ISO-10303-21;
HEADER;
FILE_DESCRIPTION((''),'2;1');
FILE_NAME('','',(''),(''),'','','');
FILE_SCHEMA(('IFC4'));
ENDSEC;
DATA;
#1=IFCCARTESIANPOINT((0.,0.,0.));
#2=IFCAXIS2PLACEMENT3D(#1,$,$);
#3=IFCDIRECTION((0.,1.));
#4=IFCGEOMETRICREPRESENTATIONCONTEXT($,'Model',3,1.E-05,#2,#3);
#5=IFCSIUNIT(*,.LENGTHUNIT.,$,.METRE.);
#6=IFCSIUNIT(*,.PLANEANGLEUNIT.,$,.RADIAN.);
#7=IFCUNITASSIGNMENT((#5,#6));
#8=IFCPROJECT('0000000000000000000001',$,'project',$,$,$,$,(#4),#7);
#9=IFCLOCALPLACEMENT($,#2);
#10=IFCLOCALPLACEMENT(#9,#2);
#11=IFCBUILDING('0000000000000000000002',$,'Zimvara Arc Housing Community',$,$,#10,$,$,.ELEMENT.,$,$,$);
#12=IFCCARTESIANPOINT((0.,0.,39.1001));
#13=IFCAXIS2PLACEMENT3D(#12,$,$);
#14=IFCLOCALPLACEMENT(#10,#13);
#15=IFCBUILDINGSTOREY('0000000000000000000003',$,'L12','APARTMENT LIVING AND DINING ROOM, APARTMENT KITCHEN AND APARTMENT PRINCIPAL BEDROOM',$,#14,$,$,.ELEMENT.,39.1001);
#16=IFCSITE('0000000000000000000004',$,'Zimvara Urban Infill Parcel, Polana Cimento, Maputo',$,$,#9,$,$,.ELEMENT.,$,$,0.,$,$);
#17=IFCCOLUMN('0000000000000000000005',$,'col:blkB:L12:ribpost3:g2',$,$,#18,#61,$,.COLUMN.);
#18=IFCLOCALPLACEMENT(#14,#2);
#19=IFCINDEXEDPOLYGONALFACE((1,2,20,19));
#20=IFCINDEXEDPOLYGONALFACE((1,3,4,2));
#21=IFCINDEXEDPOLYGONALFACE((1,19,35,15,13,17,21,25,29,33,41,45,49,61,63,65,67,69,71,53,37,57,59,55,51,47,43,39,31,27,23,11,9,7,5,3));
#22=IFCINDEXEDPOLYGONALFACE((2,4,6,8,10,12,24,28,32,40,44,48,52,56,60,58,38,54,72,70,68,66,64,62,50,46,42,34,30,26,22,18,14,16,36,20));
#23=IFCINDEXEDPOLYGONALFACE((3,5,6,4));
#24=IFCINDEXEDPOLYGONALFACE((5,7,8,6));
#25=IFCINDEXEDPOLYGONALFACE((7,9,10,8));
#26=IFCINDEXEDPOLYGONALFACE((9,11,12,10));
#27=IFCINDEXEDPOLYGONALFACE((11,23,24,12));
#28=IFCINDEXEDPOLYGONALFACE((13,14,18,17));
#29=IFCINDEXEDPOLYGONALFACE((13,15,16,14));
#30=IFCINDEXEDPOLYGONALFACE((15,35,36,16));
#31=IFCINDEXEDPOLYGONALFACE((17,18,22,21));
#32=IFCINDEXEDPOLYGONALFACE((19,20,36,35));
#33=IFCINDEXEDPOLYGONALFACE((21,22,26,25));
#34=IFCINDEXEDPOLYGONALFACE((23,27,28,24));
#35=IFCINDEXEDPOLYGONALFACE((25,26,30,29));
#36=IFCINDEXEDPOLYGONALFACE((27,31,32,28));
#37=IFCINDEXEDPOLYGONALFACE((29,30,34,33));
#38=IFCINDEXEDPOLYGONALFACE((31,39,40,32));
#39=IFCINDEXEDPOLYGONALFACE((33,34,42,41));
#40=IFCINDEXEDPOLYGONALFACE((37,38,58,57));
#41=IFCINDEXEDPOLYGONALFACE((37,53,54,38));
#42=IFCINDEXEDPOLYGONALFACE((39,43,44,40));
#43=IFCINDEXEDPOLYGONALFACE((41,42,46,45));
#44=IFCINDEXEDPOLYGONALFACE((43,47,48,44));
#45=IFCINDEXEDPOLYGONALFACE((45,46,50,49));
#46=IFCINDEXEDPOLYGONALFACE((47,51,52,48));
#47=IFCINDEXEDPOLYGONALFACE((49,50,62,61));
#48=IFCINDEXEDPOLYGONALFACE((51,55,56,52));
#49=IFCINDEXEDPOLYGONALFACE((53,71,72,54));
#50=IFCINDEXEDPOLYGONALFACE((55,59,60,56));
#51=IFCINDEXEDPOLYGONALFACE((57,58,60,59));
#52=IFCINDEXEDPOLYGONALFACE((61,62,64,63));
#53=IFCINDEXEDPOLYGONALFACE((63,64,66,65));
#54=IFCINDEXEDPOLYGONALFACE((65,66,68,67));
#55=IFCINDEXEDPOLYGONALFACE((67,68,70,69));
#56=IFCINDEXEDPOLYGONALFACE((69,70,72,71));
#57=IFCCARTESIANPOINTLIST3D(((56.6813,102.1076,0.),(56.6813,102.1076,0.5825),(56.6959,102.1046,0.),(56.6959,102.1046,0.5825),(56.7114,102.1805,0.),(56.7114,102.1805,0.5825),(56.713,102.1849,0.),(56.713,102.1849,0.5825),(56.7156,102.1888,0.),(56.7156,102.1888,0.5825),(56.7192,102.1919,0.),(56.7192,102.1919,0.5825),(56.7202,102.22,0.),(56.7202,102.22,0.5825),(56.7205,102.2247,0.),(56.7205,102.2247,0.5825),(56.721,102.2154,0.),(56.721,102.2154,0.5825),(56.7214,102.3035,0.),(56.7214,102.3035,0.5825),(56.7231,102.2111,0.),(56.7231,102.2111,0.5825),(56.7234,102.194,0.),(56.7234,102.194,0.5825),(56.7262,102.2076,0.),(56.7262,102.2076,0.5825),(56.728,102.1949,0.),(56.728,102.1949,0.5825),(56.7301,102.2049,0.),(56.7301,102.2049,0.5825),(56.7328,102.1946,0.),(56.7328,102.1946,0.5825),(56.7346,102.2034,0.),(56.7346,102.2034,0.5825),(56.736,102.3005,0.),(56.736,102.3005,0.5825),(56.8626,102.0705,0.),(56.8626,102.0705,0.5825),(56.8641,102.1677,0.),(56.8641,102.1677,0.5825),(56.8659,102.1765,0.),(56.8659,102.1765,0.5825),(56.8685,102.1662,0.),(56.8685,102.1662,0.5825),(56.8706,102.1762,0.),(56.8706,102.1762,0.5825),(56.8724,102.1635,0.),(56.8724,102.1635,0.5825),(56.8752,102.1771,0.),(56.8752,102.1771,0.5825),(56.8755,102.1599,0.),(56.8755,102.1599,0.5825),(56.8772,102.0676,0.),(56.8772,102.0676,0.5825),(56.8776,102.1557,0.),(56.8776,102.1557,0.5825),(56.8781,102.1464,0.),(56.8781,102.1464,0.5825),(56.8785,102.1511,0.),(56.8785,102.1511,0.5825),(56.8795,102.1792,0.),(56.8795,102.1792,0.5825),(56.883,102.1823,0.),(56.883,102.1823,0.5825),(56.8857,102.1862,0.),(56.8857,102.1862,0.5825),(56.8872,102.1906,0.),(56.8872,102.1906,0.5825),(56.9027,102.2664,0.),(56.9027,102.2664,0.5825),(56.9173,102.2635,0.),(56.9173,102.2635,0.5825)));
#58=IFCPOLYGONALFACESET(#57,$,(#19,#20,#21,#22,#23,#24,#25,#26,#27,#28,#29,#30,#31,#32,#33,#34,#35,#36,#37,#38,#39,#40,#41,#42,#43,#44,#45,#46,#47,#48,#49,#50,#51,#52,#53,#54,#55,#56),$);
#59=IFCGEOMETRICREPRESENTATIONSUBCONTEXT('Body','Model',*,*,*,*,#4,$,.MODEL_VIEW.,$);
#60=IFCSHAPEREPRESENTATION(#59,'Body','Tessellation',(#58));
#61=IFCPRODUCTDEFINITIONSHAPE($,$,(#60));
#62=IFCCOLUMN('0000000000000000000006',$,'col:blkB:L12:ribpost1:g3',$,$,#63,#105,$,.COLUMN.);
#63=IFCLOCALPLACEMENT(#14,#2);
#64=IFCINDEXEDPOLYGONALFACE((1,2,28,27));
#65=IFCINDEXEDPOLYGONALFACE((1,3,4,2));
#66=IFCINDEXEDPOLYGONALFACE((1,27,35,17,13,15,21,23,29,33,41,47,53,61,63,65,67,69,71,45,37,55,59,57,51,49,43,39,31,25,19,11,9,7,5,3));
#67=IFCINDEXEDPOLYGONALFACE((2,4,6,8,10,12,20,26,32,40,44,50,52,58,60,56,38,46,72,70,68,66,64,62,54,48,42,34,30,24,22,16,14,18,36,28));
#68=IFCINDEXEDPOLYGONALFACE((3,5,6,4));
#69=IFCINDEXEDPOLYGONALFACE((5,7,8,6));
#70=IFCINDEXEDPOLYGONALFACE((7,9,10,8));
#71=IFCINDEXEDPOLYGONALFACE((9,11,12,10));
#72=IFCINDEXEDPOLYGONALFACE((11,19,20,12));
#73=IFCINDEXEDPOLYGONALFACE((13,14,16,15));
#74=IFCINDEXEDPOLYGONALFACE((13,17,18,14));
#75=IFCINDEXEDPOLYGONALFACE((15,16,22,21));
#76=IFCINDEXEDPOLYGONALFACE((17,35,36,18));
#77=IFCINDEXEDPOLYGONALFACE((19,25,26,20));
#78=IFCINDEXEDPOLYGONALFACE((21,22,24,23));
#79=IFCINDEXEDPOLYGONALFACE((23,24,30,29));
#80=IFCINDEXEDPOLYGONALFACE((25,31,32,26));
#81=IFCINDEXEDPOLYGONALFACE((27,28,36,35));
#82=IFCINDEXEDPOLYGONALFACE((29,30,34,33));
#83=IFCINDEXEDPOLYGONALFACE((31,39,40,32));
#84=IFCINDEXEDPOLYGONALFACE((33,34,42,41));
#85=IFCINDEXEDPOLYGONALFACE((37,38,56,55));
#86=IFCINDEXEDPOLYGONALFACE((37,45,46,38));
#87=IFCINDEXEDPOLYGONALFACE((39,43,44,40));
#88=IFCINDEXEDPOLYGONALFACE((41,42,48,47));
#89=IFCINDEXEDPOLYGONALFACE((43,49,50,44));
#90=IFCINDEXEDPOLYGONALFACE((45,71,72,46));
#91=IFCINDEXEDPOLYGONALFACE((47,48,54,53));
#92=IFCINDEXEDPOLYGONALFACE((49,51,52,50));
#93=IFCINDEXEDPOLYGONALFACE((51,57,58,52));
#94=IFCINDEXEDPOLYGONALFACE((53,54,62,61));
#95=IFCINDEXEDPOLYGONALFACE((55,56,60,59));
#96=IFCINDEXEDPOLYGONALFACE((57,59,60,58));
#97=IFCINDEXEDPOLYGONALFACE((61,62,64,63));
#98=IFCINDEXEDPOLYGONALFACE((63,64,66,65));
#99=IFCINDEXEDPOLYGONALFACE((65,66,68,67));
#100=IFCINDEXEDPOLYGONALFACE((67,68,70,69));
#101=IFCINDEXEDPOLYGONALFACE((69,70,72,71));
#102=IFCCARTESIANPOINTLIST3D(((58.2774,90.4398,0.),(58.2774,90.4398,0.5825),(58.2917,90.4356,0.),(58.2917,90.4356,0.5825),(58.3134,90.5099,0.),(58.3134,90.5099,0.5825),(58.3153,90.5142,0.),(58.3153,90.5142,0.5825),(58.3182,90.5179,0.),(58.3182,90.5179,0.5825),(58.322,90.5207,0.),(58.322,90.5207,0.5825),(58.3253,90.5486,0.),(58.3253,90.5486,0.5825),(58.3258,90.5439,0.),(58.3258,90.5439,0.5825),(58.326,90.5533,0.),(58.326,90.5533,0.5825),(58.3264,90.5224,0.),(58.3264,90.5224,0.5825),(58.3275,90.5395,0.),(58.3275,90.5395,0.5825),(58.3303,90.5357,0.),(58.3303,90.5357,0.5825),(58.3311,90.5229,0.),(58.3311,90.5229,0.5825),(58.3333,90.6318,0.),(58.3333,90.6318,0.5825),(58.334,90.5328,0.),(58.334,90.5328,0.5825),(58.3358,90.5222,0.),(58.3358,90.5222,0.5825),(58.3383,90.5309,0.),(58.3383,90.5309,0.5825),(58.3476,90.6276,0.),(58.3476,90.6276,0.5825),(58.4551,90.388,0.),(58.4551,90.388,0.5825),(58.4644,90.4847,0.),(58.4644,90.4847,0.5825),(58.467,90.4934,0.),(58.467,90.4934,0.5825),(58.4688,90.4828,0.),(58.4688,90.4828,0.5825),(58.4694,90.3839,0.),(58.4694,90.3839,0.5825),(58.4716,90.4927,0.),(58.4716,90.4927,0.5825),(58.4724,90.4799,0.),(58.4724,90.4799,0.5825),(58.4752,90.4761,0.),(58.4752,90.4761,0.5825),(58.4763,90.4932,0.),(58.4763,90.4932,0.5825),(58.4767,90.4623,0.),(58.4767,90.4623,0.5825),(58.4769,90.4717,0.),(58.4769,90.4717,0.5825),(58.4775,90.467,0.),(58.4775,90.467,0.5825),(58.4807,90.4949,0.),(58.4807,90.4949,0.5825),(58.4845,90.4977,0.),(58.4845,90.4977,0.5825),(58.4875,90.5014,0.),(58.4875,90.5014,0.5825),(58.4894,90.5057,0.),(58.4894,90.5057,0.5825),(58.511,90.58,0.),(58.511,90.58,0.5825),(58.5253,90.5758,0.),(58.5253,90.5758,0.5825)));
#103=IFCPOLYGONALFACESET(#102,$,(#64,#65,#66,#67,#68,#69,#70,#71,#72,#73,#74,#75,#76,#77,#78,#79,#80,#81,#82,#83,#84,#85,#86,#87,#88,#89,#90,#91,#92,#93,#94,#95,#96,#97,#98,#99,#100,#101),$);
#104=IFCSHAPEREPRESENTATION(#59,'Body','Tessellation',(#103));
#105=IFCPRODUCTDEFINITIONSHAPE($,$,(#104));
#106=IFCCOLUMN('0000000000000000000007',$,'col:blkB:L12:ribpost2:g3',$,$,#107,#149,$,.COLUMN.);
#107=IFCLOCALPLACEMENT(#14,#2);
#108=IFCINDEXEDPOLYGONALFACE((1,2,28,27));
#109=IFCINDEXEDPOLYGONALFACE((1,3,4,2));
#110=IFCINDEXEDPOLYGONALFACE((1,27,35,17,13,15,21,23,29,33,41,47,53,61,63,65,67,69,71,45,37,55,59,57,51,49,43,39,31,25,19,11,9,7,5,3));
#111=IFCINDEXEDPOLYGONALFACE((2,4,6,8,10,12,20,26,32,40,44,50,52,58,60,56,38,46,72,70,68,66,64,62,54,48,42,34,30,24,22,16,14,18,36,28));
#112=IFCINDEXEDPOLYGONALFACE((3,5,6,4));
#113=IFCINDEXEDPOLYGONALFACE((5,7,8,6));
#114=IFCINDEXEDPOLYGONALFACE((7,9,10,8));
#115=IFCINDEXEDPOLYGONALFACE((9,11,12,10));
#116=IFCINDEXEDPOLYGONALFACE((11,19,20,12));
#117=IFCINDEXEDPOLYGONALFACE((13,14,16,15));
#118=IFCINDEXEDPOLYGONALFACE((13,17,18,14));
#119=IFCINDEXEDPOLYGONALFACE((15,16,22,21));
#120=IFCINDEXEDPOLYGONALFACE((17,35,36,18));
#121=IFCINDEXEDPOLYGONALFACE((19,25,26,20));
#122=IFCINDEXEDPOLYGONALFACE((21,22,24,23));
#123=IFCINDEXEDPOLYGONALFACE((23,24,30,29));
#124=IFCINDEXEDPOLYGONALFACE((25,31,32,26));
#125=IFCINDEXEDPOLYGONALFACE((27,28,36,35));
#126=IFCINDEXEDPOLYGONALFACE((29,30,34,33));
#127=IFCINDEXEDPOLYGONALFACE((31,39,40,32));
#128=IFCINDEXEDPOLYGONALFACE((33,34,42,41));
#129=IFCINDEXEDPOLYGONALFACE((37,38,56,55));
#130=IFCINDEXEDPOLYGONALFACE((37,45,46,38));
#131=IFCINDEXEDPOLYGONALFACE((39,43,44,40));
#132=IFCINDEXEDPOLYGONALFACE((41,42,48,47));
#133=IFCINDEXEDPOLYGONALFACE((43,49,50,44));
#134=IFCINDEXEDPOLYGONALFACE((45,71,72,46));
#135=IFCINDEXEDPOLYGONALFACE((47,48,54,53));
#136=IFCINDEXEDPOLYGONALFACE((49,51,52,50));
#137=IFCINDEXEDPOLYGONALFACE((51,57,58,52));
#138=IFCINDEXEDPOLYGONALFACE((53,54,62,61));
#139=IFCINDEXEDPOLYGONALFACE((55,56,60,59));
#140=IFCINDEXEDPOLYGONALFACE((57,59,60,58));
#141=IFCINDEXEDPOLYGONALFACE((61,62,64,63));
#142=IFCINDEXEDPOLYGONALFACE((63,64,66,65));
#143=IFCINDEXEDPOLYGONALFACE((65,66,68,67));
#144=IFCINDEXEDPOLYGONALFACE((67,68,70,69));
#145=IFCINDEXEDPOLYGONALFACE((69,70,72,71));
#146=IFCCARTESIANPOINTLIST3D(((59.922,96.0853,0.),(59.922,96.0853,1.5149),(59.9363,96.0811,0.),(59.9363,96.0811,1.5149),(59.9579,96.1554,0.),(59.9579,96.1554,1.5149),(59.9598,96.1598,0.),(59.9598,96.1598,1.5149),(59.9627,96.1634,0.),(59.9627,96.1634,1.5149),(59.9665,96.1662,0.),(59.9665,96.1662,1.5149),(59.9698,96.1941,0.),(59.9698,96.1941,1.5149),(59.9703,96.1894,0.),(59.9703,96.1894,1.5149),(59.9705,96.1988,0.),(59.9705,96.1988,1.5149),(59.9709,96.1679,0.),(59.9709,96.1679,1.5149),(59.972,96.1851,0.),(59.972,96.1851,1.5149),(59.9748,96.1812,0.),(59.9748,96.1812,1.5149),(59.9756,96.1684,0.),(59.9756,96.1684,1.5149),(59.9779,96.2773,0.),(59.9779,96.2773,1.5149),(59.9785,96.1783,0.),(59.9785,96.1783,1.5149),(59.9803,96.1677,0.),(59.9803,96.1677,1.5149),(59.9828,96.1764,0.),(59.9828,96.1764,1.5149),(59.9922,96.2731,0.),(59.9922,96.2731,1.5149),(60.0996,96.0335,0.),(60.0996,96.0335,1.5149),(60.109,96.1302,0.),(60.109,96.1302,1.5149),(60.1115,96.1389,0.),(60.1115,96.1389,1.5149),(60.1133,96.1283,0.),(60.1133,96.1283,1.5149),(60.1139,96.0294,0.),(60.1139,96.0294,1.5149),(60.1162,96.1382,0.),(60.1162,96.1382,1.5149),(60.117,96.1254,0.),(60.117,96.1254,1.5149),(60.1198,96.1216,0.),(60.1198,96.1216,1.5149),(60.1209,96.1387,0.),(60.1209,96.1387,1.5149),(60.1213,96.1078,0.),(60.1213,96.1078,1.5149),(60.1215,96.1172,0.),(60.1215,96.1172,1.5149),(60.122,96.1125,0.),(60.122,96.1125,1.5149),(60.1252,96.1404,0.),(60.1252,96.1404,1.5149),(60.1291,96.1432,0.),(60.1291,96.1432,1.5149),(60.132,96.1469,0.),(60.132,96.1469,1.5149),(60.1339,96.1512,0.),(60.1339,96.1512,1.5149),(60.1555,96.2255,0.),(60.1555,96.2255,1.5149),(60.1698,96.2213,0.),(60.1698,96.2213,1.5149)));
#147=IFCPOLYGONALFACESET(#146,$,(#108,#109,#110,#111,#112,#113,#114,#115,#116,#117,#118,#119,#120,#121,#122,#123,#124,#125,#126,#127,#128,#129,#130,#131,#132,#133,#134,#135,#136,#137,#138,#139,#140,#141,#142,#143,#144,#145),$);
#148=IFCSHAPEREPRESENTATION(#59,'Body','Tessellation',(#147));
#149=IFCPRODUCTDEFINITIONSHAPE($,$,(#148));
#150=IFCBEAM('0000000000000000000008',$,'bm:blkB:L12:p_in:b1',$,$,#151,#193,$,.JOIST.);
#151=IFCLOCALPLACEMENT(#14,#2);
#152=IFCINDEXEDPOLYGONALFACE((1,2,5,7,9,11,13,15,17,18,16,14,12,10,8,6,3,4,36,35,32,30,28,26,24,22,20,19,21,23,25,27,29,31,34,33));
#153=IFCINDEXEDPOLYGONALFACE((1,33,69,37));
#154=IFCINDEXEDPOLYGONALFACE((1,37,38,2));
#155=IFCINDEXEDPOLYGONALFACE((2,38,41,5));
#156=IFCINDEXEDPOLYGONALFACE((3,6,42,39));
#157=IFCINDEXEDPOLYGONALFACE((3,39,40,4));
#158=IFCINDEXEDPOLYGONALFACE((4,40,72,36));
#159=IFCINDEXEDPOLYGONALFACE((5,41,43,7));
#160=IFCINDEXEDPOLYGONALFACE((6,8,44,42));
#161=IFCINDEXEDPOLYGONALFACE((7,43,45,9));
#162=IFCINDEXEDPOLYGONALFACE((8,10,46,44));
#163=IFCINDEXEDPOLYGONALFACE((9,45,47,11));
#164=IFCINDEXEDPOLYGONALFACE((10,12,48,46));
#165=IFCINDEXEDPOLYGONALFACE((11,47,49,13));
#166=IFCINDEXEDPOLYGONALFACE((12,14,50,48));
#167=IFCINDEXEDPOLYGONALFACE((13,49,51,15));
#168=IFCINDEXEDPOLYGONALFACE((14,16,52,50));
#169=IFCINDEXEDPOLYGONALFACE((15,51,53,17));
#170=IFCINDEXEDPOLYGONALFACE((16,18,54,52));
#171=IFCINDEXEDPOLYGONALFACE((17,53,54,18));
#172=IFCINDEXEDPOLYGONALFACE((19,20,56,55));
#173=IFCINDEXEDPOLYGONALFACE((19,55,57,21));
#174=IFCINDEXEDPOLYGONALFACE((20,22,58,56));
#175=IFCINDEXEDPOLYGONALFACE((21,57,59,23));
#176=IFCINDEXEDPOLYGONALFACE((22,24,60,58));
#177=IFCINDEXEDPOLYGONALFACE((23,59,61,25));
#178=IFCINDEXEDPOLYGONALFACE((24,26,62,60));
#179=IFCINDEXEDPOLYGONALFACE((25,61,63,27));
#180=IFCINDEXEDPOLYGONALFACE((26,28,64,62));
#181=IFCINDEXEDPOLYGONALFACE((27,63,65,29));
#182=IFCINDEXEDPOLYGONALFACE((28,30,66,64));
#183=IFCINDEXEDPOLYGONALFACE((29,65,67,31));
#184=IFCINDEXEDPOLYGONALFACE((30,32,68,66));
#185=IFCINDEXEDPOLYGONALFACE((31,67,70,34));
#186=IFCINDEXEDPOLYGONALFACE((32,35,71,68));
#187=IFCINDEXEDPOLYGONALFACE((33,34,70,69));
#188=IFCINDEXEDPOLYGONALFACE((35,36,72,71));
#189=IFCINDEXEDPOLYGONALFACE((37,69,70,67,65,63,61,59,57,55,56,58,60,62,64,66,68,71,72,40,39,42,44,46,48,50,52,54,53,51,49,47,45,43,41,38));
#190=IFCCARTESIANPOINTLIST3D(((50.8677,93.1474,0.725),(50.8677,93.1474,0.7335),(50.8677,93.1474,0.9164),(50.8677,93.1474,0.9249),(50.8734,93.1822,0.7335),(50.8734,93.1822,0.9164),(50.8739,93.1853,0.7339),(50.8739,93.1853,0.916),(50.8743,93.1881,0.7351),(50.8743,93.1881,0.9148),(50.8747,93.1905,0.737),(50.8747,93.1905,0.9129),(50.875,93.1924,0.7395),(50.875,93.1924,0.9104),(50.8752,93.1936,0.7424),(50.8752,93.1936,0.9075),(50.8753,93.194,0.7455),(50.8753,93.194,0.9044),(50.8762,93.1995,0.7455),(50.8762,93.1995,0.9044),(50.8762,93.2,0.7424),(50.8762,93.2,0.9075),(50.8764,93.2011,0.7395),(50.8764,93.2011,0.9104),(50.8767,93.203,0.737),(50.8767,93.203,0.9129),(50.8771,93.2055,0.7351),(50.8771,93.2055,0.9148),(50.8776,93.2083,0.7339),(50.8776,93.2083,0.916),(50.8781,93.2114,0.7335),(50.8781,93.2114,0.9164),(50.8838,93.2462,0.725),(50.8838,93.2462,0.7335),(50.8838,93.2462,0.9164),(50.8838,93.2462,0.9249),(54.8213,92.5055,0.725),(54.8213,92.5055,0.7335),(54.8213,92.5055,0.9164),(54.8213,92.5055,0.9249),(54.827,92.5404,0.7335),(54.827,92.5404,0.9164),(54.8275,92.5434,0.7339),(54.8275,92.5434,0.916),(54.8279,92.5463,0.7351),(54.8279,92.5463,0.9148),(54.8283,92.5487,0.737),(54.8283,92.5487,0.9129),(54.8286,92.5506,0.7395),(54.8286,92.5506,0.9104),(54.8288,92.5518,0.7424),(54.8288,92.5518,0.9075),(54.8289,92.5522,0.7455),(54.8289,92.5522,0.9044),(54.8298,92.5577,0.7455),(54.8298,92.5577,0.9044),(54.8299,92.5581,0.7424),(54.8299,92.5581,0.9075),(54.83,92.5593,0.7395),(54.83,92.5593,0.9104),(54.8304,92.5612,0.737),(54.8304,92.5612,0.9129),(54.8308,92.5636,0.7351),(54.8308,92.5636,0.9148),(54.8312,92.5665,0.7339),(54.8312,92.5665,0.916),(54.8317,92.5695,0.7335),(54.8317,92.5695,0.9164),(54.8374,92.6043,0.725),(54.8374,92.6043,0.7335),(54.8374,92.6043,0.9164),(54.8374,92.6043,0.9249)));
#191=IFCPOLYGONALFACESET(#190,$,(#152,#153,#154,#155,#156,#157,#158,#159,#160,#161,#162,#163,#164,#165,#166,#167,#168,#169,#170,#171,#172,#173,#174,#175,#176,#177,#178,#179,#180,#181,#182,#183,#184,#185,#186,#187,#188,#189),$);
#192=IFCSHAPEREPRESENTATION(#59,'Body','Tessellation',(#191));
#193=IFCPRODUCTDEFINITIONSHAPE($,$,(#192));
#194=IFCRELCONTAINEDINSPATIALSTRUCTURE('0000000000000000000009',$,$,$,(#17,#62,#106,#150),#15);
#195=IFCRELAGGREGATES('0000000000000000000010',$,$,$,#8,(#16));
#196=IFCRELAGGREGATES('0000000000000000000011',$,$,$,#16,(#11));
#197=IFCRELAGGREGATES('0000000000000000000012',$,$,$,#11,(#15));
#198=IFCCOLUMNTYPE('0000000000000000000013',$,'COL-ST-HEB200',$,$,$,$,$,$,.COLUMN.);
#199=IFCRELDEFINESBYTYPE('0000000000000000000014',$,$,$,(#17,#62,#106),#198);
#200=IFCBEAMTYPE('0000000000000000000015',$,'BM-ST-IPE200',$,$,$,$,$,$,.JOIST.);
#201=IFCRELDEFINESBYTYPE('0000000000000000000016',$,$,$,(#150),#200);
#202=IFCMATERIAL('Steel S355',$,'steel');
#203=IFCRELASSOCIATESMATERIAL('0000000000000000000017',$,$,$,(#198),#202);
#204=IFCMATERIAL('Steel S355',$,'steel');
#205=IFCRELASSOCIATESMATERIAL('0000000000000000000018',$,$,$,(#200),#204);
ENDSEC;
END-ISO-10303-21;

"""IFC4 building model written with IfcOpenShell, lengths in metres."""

from ifc_helpers import new_model, si_unit, direction, frame, origin, origin_2d, place, context, subcontext, project, spatial, i_section, extrude, material, material_profile, profile_set, type_object, element, save


model = new_model("IFC4")

# Units and contexts
model_context = context("Model", 3, precision=1e-05, world=origin(), true_north=direction((0.0, 1.0)))
body_context = subcontext(model_context, "Body", "Model", "MODEL_VIEW")
ifc_project = project(units=[si_unit("LENGTHUNIT", "METRE"), si_unit("PLANEANGLEUNIT", "RADIAN")], contexts=[model_context])

# Site, building, storey
site_placement = place(None, origin())
site = spatial("IfcSite", under=ifc_project, at=site_placement, Name="Zimvara Urban Infill Parcel, Polana Cimento, Maputo", CompositionType="ELEMENT", RefElevation=0.0)
building_placement = place(site_placement, origin())
building = spatial("IfcBuilding", under=site, at=building_placement, Name="Zimvara Arc Housing Community", CompositionType="ELEMENT")
storey_placement = place(building_placement, frame((0.0, 0.0, 39.1001)))
storey = spatial("IfcBuildingStorey", under=building, at=storey_placement, Name="L12", Description="APARTMENT LIVING AND DINING ROOM, APARTMENT KITCHEN AND APARTMENT PRINCIPAL BEDROOM", CompositionType="ELEMENT", Elevation=39.1001)

# Columns
ifc_material_1 = material(Name="Steel S355", Category="steel")
ifc_material_profile_1 = material_profile(ifc_material_1, i_section(OverallWidth=0.2, OverallDepth=0.2, WebThickness=0.009, FlangeThickness=0.0149, FilletRadius=0.0181, at=origin_2d()), Name="HEB 200")
ifc_profile_set_1 = profile_set([ifc_material_profile_1], Name="Steel S355")
column_type = type_object("IfcColumnType", Name="COL-ST-HEB200", PredefinedType="COLUMN", material=ifc_profile_set_1)
for number, where, z_axis, x_axis, name in (
    (1, (56.7993, 102.1855, 0.0), (0.0, 0.0, 1.0), (0.200394, 0.979715, 0.0), "col:blkB:L12:ribpost3:g2"),
    (2, (58.4014, 90.5078, 0.0), (0.0, 0.0, 1.0), (0.279661, 0.960099, 0.0), "col:blkB:L12:ribpost1:g3"),
):
    element("IfcColumn", number, at=place(storey_placement, frame(where, z_axis=z_axis, x_axis=x_axis)), inside=storey, type_object=column_type, Name=name, PredefinedType="COLUMN", context=body_context, shape_type="SweptSolid", body=[
        extrude(i_section(OverallWidth=0.2, OverallDepth=0.2, WebThickness=0.009, FlangeThickness=0.0149, FilletRadius=0.0181, at=origin_2d()), origin(), (0.0, 0.0, 1.0), 0.5825),
    ])
column_1_placement = place(storey_placement, frame((60.0459, 96.1533, 0.0), z_axis=(0.0, 0.0, 1.0), x_axis=(0.279661, 0.960099, 0.0)))
element("IfcColumn", 3, at=column_1_placement, inside=storey, type_object=column_type, Name="col:blkB:L12:ribpost2:g3", PredefinedType="COLUMN", context=body_context, shape_type="SweptSolid", body=[
    extrude(i_section(OverallWidth=0.2, OverallDepth=0.2, WebThickness=0.009, FlangeThickness=0.0149, FilletRadius=0.0181, at=origin_2d()), origin(), (0.0, 0.0, 1.0), 1.5149),
])

# Beam
ifc_material_2 = material(Name="Steel S355", Category="steel")
ifc_material_profile_2 = material_profile(ifc_material_2, i_section(OverallWidth=0.1001, OverallDepth=0.2, WebThickness=0.0056, FlangeThickness=0.0085, FilletRadius=0.012, at=origin_2d()), Name="IPE 200")
ifc_profile_set_2 = profile_set([ifc_material_profile_2], Name="Steel S355")
beam_type_1 = type_object("IfcBeamType", Name="BM-ST-IPE200", PredefinedType="JOIST", material=ifc_profile_set_2)
beam_1_placement = place(storey_placement, frame((50.8757, 93.1968, 0.825), z_axis=(0.987077, -0.160246, 0.0), x_axis=(0.160246, 0.987077, 0.0)))
element("IfcBeam", 4, at=beam_1_placement, inside=storey, type_object=beam_type_1, Name="bm:blkB:L12:p_in:b1", PredefinedType="JOIST", context=body_context, shape_type="SweptSolid", body=[
    extrude(i_section(OverallWidth=0.1001, OverallDepth=0.2, WebThickness=0.0056, FlangeThickness=0.0085, FilletRadius=0.012, at=origin_2d()), origin(), (0.0, 0.0, 1.0), 4.0054),
])

save(model, "model.ifc")
